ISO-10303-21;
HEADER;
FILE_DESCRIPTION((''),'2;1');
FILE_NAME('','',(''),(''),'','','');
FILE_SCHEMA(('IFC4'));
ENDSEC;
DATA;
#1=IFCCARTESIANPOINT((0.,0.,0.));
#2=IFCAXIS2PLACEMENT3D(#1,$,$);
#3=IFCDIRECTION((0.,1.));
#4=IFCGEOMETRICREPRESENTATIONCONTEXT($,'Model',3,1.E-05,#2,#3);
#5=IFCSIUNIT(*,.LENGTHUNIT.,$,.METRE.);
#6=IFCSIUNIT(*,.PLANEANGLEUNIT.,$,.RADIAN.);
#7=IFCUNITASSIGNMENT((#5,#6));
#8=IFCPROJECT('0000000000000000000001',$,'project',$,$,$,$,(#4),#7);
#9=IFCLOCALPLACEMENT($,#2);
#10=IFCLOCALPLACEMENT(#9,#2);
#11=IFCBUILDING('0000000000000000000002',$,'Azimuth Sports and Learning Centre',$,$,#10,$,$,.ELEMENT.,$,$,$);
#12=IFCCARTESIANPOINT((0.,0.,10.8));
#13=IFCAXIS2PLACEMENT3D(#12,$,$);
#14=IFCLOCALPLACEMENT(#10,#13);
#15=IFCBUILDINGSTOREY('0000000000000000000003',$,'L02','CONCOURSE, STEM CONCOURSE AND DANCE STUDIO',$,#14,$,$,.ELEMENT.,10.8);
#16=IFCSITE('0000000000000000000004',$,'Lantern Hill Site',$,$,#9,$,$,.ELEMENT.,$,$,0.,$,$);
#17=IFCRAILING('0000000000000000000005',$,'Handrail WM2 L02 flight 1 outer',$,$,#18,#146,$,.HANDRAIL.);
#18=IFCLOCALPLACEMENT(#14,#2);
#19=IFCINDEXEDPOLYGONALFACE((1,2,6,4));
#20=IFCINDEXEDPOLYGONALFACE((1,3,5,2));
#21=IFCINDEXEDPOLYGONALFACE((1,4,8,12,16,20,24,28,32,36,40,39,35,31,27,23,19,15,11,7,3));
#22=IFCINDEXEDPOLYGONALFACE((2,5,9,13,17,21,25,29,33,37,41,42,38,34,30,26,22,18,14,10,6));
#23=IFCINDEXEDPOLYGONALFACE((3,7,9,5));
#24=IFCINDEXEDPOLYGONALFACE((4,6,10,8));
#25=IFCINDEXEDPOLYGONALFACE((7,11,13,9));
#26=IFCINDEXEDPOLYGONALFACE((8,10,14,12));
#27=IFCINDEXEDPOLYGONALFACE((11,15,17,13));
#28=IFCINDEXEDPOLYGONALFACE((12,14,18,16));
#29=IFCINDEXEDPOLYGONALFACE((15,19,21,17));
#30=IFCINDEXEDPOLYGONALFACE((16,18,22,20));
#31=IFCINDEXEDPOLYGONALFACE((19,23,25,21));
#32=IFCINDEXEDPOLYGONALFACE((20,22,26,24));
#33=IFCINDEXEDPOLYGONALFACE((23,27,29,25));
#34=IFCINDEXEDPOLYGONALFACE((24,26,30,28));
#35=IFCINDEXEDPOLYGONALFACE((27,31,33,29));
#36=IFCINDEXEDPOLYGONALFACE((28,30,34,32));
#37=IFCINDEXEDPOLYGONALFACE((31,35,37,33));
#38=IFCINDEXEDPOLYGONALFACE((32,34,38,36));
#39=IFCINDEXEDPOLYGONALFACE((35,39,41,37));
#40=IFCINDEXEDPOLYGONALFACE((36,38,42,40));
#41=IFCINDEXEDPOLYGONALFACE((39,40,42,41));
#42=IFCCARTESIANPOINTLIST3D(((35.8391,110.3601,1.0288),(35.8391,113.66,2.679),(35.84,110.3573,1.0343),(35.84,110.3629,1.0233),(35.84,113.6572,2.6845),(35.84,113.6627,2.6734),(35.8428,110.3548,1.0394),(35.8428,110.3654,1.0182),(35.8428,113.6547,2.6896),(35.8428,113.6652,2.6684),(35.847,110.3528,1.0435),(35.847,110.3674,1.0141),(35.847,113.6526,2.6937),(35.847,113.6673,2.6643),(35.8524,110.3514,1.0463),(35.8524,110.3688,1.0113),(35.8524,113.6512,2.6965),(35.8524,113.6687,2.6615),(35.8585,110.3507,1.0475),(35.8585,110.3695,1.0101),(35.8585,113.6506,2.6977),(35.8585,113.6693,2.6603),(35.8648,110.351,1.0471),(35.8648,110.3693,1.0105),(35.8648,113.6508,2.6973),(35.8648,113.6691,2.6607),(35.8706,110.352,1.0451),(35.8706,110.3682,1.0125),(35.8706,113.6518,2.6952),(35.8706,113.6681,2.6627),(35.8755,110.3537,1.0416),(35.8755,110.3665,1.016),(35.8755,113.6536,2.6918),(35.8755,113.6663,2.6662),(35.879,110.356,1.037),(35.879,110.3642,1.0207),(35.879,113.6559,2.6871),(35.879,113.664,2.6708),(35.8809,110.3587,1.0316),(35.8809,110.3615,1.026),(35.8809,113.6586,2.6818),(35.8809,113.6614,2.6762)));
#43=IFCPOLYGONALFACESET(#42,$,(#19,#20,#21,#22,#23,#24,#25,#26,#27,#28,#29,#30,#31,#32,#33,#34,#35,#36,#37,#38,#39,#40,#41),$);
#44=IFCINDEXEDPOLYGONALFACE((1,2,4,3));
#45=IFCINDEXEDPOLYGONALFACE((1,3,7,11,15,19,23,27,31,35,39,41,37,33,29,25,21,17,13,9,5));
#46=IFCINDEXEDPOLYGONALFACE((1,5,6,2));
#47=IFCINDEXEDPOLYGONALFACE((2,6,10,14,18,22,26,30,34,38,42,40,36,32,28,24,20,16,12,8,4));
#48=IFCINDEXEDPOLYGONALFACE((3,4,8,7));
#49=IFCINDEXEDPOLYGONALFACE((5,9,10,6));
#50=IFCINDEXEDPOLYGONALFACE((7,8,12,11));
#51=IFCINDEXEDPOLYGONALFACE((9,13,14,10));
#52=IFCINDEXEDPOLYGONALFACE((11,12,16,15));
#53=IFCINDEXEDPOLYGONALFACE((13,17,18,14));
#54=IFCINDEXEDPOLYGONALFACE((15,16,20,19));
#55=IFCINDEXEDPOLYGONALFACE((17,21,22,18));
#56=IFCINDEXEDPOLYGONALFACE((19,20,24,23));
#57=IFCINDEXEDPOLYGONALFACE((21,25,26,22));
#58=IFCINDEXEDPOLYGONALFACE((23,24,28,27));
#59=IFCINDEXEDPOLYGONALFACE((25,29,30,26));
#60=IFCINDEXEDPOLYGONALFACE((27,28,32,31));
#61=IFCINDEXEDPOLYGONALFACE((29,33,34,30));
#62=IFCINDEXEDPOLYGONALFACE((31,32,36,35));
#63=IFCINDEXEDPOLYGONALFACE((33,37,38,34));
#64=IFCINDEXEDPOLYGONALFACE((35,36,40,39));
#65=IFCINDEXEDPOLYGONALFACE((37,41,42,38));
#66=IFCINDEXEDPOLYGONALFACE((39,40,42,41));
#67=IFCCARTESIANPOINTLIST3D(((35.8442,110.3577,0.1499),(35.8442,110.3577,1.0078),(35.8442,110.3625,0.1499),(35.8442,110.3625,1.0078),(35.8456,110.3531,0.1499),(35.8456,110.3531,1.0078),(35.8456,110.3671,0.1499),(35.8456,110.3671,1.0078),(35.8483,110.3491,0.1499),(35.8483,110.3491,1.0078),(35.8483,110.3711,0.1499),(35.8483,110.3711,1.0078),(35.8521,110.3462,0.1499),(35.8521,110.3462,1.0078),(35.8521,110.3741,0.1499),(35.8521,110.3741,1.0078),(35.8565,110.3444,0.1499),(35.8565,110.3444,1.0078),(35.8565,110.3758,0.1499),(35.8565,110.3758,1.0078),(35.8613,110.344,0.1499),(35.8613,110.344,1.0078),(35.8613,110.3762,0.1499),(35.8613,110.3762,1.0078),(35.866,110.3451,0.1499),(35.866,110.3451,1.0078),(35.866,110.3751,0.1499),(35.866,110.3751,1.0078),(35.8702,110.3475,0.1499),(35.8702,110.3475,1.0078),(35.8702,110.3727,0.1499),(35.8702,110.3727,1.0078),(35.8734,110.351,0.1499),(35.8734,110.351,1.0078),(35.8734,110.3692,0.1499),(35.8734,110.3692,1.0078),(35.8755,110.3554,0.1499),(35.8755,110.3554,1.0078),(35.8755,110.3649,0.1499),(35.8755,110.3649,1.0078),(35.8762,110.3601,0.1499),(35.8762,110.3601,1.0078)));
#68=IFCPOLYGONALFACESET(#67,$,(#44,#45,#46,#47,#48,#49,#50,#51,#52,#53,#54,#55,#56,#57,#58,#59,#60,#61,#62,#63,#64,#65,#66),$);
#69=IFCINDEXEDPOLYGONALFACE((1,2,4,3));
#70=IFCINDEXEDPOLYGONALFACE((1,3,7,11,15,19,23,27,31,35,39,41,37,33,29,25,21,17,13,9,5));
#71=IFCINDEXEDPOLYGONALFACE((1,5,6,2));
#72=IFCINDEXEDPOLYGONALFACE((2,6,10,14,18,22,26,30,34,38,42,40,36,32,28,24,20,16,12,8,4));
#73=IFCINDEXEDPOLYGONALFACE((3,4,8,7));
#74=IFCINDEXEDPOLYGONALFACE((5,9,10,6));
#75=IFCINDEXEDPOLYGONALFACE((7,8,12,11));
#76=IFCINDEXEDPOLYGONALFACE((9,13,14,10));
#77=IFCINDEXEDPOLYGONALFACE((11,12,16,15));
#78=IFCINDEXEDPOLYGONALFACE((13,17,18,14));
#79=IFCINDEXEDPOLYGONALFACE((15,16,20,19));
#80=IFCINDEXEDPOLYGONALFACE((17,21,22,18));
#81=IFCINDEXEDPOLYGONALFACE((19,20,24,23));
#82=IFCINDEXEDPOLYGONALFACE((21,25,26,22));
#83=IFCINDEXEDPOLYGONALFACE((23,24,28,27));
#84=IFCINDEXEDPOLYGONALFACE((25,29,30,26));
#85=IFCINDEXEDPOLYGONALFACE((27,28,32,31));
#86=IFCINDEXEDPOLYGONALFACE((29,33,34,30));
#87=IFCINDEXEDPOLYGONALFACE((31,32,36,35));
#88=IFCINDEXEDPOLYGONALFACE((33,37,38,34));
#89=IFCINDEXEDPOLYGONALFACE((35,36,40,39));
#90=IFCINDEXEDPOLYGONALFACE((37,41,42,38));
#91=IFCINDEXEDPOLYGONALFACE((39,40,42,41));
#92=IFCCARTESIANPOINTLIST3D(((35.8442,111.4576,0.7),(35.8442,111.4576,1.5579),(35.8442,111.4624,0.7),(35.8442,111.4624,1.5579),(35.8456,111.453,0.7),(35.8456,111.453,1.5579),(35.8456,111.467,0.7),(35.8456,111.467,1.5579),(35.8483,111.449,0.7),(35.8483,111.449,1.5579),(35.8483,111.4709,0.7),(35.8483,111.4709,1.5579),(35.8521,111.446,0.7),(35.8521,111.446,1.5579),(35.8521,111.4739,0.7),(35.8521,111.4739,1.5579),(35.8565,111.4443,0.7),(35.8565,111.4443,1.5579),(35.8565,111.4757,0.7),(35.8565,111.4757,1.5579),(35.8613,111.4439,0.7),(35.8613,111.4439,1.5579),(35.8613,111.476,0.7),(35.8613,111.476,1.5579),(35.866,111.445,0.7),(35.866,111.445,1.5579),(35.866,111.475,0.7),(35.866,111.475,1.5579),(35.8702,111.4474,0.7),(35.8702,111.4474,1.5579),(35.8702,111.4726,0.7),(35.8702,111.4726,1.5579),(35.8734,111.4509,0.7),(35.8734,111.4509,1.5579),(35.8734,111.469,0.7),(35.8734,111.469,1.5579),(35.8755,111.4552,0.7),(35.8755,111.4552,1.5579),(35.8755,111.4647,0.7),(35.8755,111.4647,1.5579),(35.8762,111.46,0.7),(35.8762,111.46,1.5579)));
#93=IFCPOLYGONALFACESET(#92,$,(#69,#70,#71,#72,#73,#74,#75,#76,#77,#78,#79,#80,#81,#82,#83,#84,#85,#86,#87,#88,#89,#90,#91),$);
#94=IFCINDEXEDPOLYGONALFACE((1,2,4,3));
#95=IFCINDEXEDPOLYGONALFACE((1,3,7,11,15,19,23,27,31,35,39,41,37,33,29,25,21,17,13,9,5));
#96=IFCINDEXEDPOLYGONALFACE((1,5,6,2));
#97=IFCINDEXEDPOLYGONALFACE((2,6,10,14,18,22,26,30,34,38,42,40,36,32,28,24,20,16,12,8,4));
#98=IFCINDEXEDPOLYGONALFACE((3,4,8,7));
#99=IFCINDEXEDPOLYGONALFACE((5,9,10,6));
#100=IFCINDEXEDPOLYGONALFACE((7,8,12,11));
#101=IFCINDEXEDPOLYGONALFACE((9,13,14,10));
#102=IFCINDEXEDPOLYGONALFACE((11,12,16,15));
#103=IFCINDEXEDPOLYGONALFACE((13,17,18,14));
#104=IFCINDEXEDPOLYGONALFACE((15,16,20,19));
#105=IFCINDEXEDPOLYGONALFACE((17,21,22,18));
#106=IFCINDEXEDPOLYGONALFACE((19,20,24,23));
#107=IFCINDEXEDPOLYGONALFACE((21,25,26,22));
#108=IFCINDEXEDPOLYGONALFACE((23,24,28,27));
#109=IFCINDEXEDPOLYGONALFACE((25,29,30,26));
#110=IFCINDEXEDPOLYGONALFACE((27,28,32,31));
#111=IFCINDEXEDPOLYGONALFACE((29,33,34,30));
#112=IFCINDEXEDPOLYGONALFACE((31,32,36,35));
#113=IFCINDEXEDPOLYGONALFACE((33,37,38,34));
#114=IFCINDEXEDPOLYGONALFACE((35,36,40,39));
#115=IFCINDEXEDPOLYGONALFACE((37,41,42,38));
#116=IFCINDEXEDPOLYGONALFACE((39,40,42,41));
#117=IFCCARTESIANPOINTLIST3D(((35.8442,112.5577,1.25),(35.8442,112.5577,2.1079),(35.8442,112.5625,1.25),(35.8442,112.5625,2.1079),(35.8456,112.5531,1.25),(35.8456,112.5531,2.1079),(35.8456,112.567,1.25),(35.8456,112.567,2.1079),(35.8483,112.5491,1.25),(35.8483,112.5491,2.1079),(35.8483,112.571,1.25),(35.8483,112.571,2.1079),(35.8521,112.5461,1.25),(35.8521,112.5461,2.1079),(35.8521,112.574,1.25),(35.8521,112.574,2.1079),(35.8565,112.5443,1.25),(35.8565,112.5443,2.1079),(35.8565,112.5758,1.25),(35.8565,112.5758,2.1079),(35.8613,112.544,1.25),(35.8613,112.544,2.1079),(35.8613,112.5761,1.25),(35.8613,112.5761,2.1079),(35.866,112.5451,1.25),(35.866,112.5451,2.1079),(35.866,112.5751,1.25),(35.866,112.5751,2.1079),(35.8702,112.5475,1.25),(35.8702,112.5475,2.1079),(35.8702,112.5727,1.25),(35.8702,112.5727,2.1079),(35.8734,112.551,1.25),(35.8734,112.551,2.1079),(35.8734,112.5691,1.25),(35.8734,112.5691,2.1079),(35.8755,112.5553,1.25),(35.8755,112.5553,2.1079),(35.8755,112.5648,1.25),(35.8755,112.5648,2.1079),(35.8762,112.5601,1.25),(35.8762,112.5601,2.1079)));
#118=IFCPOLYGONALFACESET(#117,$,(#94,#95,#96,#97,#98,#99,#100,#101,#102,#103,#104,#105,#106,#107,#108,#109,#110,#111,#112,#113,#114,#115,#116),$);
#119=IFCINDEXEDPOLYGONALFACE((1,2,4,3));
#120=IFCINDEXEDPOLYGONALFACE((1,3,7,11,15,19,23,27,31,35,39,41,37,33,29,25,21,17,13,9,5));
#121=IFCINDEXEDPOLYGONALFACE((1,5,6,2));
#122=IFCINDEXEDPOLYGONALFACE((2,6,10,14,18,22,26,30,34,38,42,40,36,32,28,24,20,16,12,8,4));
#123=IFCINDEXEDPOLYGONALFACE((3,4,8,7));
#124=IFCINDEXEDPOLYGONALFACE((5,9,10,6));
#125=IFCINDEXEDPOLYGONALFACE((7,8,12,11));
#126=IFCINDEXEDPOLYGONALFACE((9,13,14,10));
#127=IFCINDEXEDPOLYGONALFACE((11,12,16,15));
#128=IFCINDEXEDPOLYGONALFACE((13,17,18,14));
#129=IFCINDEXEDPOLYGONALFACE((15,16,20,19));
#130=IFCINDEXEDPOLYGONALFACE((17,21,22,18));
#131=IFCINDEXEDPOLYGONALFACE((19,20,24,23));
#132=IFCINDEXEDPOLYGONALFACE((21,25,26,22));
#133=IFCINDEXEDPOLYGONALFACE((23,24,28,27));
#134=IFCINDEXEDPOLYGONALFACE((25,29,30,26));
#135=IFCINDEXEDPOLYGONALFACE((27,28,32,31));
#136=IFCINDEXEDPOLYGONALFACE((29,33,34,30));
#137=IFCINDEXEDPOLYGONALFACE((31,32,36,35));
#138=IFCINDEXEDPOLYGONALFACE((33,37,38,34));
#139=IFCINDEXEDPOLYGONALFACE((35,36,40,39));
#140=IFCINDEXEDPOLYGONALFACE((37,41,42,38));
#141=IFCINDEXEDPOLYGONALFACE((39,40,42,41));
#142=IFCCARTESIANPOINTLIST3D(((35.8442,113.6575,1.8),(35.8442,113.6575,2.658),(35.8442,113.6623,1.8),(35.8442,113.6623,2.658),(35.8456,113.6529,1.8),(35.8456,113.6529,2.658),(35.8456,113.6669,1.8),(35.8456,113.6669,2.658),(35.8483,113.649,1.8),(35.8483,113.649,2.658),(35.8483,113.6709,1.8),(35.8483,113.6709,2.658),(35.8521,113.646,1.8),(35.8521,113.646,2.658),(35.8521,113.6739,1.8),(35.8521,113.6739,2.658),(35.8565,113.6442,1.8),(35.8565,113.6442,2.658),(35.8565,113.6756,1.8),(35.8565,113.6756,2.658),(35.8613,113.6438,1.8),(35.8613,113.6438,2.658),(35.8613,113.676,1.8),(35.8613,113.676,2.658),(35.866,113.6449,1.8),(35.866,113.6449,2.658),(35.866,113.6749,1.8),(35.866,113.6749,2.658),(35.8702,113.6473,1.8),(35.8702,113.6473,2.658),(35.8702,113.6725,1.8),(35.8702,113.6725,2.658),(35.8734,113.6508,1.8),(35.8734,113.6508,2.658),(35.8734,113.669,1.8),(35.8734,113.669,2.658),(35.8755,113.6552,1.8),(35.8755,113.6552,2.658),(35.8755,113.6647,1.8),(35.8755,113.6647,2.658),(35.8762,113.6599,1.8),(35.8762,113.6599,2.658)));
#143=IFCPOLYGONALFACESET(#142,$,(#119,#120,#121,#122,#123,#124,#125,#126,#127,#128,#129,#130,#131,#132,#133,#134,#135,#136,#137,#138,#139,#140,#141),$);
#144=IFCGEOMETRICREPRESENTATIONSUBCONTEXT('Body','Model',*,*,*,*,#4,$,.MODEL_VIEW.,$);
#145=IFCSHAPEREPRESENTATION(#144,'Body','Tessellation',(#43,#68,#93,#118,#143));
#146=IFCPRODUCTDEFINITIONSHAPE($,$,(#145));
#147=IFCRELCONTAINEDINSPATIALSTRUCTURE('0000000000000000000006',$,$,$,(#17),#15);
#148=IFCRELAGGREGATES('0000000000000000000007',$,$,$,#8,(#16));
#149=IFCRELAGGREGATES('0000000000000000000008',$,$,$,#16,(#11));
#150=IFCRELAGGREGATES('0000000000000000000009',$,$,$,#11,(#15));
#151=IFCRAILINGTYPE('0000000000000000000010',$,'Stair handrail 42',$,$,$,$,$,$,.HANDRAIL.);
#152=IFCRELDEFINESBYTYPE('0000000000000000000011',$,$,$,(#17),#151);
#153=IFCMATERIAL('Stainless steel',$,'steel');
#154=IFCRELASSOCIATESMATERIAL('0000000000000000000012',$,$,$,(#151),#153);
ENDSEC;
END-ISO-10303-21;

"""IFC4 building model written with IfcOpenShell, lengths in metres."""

from ifc_helpers import new_model, si_unit, direction, frame, origin, origin_2d, place, context, subcontext, project, spatial, circle, extrude, material, type_object, element, save


model = new_model("IFC4")

# Units and contexts
model_context = context("Model", 3, precision=1e-05, world=origin(), true_north=direction((0.0, 1.0)))
body_context = subcontext(model_context, "Body", "Model", "MODEL_VIEW")
ifc_project = project(units=[si_unit("LENGTHUNIT", "METRE"), si_unit("PLANEANGLEUNIT", "RADIAN")], contexts=[model_context])

# Site, building, storey
site_placement = place(None, origin())
site = spatial("IfcSite", under=ifc_project, at=site_placement, Name="Lantern Hill Site", CompositionType="ELEMENT", RefElevation=0.0)
building_placement = place(site_placement, origin())
building = spatial("IfcBuilding", under=site, at=building_placement, Name="Azimuth Sports and Learning Centre", CompositionType="ELEMENT")
storey_placement = place(building_placement, frame((0.0, 0.0, 10.8)))
storey = spatial("IfcBuildingStorey", under=building, at=storey_placement, Name="L02", Description="CONCOURSE, STEM CONCOURSE AND DANCE STUDIO", CompositionType="ELEMENT", Elevation=10.8)

# Railing
ifc_material_1 = material(Name="Stainless steel", Category="steel")
railing_type_1 = type_object("IfcRailingType", Name="Stair handrail 42", PredefinedType="HANDRAIL", material=ifc_material_1)
for number, where, name in (
    (1, (35.8601, 110.3601, 0.1499), "Handrail WM2 L02 flight 1 outer"),
):
    element("IfcRailing", number, at=place(storey_placement, frame(where)), inside=storey, type_object=railing_type_1, Name=name, PredefinedType="HANDRAIL", context=body_context, shape_type="SweptSolid", body=[
        extrude(circle(Radius=0.021, at=origin_2d()), frame((0.0, 0.0, 0.8789), z_axis=(0.0, 0.894401, 0.447267), x_axis=(-1.0, 0.0, 0.0)), (0.0, 0.0, 1.0), 3.6895),
        extrude(circle(Radius=0.0161, at=origin_2d()), origin(), (0.0, 0.0, 1.0), 0.8579),
        extrude(circle(Radius=0.0161, at=origin_2d()), frame((0.0, 1.0999, 0.55)), (0.0, 0.0, 1.0), 0.8579),
        extrude(circle(Radius=0.0161, at=origin_2d()), frame((0.0, 2.2, 1.1001)), (0.0, 0.0, 1.0), 0.8579),
        extrude(circle(Radius=0.0161, at=origin_2d()), frame((0.0, 3.2998, 1.6501)), (0.0, 0.0, 1.0), 0.8579),
    ])

save(model, "model.ifc")
